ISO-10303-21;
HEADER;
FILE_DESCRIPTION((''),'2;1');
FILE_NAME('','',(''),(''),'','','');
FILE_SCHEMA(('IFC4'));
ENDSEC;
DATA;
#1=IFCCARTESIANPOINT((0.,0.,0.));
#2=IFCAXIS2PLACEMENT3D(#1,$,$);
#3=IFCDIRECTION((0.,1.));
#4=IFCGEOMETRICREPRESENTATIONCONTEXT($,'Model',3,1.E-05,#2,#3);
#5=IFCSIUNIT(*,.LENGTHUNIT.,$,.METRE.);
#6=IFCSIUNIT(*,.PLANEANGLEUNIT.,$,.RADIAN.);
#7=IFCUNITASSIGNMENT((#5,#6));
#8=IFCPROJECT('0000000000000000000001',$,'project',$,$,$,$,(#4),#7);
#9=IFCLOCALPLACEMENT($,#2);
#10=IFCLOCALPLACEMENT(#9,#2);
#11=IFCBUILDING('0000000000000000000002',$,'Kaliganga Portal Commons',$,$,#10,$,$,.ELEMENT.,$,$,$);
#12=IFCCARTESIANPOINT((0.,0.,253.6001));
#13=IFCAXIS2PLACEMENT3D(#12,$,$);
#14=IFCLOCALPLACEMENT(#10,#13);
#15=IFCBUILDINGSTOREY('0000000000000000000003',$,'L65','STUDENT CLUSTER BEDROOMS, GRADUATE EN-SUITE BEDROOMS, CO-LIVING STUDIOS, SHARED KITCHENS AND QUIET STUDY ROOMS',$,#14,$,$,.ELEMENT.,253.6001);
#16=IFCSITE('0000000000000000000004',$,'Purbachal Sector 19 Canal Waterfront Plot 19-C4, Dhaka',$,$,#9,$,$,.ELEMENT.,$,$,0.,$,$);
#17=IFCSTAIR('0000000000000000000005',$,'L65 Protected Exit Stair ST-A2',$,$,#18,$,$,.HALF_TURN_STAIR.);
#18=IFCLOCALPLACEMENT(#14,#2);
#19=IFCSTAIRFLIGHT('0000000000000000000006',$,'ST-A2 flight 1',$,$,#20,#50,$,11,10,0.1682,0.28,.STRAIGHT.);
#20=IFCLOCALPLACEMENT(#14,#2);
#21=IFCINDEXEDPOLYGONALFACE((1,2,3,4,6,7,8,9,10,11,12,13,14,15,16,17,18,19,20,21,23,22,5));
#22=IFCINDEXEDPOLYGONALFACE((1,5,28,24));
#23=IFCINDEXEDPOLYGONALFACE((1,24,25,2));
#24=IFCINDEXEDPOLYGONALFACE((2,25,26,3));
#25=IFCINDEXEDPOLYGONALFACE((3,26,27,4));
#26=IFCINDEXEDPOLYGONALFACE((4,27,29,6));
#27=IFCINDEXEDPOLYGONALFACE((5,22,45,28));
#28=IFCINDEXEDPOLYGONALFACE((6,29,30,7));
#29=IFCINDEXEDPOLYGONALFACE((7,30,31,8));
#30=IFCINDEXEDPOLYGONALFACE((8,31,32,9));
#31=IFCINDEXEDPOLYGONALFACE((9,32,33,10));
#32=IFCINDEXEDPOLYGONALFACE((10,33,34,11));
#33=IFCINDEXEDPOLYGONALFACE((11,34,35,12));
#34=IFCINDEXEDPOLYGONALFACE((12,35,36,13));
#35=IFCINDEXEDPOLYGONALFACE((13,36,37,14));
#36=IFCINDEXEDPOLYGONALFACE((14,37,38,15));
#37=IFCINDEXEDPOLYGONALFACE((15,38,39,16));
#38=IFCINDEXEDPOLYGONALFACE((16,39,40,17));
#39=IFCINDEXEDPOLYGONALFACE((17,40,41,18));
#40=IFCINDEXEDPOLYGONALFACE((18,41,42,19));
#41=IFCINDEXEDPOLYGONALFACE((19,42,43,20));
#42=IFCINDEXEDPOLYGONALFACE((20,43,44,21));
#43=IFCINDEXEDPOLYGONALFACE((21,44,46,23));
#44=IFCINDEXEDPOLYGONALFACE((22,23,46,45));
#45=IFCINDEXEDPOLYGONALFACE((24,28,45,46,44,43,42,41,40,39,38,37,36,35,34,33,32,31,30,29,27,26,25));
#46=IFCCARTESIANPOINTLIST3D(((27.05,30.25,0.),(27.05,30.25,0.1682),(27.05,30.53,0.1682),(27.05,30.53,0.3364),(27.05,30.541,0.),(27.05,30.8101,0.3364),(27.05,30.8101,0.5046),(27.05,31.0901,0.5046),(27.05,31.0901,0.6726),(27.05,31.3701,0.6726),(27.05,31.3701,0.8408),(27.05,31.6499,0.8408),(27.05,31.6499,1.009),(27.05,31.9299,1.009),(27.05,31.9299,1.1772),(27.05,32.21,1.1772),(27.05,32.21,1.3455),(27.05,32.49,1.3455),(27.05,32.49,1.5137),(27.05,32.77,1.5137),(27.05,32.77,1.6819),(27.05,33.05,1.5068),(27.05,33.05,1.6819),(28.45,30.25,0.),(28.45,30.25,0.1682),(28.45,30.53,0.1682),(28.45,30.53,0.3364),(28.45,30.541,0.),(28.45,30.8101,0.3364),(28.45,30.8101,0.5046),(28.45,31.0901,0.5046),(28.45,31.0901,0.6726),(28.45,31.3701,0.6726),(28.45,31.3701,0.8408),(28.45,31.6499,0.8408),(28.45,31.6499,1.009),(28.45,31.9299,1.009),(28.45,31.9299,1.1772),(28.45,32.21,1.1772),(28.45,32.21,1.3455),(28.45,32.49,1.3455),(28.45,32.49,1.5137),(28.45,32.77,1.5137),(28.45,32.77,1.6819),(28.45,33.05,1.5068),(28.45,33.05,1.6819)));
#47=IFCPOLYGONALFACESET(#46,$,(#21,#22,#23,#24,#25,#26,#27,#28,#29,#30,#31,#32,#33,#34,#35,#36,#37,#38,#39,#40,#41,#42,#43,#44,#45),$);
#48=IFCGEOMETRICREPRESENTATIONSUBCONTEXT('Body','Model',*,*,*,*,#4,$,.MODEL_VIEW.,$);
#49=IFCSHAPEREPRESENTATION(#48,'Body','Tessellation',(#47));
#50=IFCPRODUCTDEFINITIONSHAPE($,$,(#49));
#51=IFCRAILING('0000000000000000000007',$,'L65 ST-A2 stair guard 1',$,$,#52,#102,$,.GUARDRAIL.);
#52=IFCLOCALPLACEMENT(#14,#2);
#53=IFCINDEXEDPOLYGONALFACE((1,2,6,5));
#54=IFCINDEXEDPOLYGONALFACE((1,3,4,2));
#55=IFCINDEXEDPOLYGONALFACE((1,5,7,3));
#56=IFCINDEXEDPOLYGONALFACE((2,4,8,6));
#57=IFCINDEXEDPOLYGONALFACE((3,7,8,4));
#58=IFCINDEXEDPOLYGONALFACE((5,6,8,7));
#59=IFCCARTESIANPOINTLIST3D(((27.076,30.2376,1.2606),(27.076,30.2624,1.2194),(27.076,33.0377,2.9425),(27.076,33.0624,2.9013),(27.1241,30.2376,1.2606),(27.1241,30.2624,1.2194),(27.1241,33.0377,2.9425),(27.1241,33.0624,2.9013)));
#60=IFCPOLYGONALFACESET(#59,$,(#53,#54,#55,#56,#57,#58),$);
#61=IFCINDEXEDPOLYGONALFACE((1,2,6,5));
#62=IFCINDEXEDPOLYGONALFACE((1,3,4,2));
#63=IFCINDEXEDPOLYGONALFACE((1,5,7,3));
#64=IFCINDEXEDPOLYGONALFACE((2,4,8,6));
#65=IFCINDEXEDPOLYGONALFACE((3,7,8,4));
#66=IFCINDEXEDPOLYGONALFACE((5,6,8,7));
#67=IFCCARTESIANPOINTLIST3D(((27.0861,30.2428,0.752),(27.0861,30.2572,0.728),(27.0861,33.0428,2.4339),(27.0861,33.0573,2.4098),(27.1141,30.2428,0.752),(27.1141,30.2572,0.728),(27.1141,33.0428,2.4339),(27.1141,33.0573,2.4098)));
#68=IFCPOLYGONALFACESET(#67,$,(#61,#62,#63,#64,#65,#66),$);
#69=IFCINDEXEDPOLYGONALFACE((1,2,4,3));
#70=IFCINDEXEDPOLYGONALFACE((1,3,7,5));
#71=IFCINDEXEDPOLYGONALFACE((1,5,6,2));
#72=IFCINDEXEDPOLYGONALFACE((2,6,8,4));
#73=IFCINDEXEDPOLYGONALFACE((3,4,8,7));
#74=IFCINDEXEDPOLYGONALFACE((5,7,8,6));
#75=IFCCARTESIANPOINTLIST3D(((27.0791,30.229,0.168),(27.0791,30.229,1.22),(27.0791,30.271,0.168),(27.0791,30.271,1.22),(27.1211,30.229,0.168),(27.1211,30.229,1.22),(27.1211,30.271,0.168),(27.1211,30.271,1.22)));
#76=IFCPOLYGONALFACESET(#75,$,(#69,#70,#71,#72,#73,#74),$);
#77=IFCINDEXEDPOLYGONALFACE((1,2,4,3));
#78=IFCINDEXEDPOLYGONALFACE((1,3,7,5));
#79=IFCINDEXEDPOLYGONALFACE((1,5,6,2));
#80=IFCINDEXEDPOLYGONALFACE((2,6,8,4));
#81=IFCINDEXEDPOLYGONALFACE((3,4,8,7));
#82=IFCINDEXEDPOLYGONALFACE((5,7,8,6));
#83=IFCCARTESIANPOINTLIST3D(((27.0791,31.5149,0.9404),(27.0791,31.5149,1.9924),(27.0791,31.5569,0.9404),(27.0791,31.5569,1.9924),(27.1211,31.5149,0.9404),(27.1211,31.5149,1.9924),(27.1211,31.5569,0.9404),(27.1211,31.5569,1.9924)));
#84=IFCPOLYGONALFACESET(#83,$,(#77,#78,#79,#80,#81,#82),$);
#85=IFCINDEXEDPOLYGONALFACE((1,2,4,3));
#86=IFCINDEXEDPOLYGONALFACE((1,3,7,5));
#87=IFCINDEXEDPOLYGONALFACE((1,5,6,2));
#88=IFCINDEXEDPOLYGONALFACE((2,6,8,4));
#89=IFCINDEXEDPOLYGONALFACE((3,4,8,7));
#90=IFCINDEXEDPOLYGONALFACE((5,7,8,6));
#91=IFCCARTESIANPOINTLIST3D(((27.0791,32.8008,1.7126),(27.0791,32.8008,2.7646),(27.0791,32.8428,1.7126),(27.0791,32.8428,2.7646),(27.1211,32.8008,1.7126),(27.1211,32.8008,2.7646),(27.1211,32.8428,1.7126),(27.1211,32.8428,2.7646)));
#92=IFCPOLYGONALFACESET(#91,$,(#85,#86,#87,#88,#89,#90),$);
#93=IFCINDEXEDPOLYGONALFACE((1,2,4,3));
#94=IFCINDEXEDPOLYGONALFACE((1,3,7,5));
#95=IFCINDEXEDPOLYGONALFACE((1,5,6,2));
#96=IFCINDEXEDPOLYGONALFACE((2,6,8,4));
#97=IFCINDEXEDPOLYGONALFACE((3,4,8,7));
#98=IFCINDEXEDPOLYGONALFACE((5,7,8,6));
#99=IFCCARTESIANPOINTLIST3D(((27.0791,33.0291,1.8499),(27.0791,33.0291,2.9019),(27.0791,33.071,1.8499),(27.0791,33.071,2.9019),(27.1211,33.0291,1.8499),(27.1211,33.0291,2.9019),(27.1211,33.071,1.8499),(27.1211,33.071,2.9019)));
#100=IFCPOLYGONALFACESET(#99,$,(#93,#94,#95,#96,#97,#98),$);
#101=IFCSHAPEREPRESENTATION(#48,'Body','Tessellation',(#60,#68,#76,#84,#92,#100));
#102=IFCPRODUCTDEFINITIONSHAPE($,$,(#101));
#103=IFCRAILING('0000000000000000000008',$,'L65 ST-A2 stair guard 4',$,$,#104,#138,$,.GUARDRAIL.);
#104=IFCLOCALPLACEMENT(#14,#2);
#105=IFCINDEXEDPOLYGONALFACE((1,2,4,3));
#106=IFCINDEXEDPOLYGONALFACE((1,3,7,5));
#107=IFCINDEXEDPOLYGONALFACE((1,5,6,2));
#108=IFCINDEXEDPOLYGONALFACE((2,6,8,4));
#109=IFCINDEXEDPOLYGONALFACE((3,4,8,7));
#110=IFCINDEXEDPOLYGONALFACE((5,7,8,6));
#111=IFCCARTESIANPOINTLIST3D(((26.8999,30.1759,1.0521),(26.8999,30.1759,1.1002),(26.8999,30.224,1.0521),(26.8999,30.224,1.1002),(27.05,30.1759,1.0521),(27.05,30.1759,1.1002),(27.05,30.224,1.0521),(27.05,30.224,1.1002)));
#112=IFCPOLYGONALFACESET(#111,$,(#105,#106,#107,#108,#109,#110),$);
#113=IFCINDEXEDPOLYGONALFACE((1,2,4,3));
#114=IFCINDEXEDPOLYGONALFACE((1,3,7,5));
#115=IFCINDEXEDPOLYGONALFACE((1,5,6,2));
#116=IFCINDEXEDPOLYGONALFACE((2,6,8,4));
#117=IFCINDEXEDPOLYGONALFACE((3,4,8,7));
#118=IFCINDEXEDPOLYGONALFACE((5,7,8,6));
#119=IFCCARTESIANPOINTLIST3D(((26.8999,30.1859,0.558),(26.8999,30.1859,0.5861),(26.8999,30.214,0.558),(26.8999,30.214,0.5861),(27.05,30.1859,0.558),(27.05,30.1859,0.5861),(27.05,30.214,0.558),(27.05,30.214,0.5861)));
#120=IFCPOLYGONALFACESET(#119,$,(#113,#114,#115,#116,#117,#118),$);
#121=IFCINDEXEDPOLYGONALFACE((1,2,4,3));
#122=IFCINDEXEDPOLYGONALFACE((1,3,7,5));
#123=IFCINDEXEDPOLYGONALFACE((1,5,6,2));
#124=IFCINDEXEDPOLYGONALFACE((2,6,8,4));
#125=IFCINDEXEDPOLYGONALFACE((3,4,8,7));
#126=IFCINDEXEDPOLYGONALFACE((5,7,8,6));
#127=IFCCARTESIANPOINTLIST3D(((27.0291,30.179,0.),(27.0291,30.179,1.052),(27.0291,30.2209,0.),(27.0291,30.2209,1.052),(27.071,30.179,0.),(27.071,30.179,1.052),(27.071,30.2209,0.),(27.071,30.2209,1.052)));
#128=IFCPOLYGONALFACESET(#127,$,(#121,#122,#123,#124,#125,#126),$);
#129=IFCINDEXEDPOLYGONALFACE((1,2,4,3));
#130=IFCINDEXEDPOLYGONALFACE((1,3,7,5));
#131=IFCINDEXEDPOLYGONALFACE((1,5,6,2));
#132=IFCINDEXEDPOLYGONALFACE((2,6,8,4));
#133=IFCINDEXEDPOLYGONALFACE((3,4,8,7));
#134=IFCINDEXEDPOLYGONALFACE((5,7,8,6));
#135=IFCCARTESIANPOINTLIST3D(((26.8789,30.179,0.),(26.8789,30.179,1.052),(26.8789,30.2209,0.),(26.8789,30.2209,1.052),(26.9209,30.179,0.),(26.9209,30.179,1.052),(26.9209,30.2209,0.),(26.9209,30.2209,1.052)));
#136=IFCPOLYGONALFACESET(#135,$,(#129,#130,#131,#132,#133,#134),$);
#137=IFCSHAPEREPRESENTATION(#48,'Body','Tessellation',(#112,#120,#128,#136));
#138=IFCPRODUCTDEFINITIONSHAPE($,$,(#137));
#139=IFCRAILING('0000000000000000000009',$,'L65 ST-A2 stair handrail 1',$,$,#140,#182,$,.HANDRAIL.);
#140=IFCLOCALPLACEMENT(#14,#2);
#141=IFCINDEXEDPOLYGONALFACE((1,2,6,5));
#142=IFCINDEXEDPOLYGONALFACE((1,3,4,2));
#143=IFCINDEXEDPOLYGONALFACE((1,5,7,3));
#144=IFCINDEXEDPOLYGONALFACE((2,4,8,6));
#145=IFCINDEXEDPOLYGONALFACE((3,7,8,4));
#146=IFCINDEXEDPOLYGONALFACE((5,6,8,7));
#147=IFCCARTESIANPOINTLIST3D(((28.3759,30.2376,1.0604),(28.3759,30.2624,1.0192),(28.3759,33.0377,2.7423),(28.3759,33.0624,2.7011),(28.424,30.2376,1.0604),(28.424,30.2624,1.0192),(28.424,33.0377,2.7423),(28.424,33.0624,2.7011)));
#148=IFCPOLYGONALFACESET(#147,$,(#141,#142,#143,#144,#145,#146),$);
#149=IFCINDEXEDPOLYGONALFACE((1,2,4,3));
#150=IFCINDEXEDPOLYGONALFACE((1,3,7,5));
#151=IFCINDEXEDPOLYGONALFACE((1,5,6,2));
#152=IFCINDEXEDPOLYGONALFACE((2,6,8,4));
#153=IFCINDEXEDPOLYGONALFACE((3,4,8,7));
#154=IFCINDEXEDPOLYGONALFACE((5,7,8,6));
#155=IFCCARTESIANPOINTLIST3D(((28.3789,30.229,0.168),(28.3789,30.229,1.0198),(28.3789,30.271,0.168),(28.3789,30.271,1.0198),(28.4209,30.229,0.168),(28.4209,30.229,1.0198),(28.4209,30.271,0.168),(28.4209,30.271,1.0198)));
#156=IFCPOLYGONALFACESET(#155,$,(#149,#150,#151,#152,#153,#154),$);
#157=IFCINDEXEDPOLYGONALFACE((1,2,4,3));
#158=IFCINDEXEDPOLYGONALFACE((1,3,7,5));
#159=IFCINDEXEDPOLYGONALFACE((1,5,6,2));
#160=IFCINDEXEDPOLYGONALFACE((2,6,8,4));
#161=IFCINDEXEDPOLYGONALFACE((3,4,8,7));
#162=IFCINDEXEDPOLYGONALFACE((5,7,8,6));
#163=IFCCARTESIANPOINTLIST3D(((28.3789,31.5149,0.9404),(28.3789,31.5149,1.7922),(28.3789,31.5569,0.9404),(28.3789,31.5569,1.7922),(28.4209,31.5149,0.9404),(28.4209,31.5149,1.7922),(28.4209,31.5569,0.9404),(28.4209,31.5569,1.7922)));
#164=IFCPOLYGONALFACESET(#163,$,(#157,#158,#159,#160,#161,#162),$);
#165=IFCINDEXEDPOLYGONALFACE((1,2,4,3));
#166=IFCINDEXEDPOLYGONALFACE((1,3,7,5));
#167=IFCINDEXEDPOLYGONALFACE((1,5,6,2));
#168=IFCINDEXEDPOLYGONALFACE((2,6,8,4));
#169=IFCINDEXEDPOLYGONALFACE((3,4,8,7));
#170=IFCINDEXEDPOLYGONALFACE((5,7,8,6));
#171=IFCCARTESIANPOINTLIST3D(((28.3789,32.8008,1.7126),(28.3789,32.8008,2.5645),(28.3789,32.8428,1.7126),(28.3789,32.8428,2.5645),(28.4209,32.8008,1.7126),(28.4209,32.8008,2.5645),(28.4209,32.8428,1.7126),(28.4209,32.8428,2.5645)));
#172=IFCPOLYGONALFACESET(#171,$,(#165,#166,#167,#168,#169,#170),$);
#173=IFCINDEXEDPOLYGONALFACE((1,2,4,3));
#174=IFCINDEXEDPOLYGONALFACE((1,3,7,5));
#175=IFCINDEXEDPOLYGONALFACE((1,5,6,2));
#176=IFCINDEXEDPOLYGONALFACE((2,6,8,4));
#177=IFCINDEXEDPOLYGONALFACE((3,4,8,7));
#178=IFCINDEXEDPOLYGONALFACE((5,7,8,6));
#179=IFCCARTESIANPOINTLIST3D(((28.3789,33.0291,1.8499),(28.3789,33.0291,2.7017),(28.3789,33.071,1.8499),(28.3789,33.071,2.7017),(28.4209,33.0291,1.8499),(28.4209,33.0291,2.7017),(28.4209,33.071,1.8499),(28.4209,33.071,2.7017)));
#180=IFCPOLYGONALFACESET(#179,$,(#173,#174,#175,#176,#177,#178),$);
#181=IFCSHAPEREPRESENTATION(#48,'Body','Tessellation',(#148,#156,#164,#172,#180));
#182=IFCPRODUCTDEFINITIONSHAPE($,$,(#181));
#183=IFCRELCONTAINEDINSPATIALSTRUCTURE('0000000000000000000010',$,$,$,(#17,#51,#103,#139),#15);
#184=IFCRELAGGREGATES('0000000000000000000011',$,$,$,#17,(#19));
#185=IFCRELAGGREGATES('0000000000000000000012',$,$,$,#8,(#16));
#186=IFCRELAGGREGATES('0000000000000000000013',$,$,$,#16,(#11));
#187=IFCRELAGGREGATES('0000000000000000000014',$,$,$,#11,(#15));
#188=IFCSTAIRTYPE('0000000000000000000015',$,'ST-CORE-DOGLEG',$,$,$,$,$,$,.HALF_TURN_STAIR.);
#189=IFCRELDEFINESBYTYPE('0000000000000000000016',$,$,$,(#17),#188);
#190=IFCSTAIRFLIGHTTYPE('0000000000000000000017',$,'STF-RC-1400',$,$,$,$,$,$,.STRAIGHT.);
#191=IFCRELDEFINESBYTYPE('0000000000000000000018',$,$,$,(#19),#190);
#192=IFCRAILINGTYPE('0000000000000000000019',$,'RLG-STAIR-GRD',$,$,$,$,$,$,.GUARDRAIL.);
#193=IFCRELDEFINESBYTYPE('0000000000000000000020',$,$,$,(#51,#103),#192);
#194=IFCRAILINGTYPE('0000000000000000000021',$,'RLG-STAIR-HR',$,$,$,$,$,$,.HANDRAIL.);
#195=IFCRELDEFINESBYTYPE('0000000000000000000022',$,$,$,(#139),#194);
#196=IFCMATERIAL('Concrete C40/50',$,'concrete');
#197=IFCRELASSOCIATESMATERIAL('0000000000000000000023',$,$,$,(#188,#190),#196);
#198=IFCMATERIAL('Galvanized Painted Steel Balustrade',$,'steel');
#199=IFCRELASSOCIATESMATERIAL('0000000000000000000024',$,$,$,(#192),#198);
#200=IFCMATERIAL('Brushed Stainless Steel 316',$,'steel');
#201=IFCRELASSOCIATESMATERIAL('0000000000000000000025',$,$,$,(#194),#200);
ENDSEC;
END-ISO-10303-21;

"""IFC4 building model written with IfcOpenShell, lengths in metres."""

from ifc_helpers import new_model, si_unit, direction, frame, origin, origin_2d, place, context, subcontext, project, spatial, polyline, rectangle, outline, extrude, material, type_object, element, aggregate, save


model = new_model("IFC4")

# Units and contexts
model_context = context("Model", 3, precision=1e-05, world=origin(), true_north=direction((0.0, 1.0)))
body_context = subcontext(model_context, "Body", "Model", "MODEL_VIEW")
ifc_project = project(units=[si_unit("LENGTHUNIT", "METRE"), si_unit("PLANEANGLEUNIT", "RADIAN")], contexts=[model_context])

# Site, building, storey
site_placement = place(None, origin())
site = spatial("IfcSite", under=ifc_project, at=site_placement, Name="Purbachal Sector 19 Canal Waterfront Plot 19-C4, Dhaka", CompositionType="ELEMENT", RefElevation=0.0)
building_placement = place(site_placement, origin())
building = spatial("IfcBuilding", under=site, at=building_placement, Name="Kaliganga Portal Commons", CompositionType="ELEMENT")
storey_placement = place(building_placement, frame((0.0, 0.0, 253.6001)))
storey = spatial("IfcBuildingStorey", under=building, at=storey_placement, Name="L65", Description="STUDENT CLUSTER BEDROOMS, GRADUATE EN-SUITE BEDROOMS, CO-LIVING STUDIOS, SHARED KITCHENS AND QUIET STUDY ROOMS", CompositionType="ELEMENT", Elevation=253.6001)

# Stair, stair flight
ifc_material_1 = material(Name="Concrete C40/50", Category="concrete")
stair_type = type_object("IfcStairType", Name="ST-CORE-DOGLEG", PredefinedType="HALF_TURN_STAIR", material=ifc_material_1)
stair_placement = place(storey_placement, origin())
stair = element("IfcStair", 1, at=stair_placement, inside=storey, type_object=stair_type, Name="L65 Protected Exit Stair ST-A2", PredefinedType="HALF_TURN_STAIR")
stair_flight_type = type_object("IfcStairFlightType", Name="STF-RC-1400", PredefinedType="STRAIGHT", material=ifc_material_1)
stair_flight_placement = place(storey_placement, frame((27.75, 30.25, 0.0), z_axis=(0.0, 0.0, 1.0), x_axis=(0.0, 1.0, 0.0)))
stair_flight = element("IfcStairFlight", 2, at=stair_flight_placement, type_object=stair_flight_type, Name="ST-A2 flight 1", NumberOfRisers=11, NumberOfTreads=10, PredefinedType="STRAIGHT", RiserHeight=0.1682, TreadLength=0.28, context=body_context, shape_type="SweptSolid", body=[
    extrude(outline(polyline([(0.0, 0.0), (0.0, 0.1682), (0.28, 0.1682), (0.28, 0.3364), (0.5601, 0.3364), (0.5601, 0.5046), (0.8401, 0.5046), (0.8401, 0.6726), (1.1201, 0.6726), (1.1201, 0.8408), (1.3999, 0.8408), (1.3999, 1.009), (1.6799, 1.009), (1.6799, 1.1772), (1.96, 1.1772), (1.96, 1.3455), (2.24, 1.3455), (2.24, 1.5137), (2.52, 1.5137), (2.52, 1.6819), (2.8, 1.6819), (2.8, 1.8501), (2.8, 1.5068), (0.291, 0.0), (0.0, 0.0)])), frame((0.0, 0.7, 0.0), z_axis=(0.0, -1.0, 0.0), x_axis=(1.0, 0.0, 0.0)), (0.0, 0.0, 1.0), 1.3999),
])
aggregate(stair, [stair_flight])

# Railings
ifc_material_2 = material(Name="Galvanized Painted Steel Balustrade", Category="steel")
railing_type_1 = type_object("IfcRailingType", Name="RLG-STAIR-GRD", PredefinedType="GUARDRAIL", material=ifc_material_2)
railing_1_placement = place(storey_placement, frame((27.1001, 30.25, 0.168)))
element("IfcRailing", 3, at=railing_1_placement, inside=storey, type_object=railing_type_1, Name="L65 ST-A2 stair guard 1", PredefinedType="GUARDRAIL", context=body_context, shape_type="SweptSolid", body=[
    extrude(rectangle(XDim=0.0481, YDim=0.0481, at=origin_2d()), frame((0.0, 0.0, 1.072), z_axis=(0.0, 0.857242, 0.514913), x_axis=(-1.0, 0.0, 0.0)), (0.0, 0.0, 1.0), 3.2664),
    extrude(rectangle(XDim=0.0281, YDim=0.0281, at=origin_2d()), frame((0.0, 0.0, 0.572), z_axis=(0.0, 0.857242, 0.514913), x_axis=(-1.0, 0.0, 0.0)), (0.0, 0.0, 1.0), 3.2664),
    extrude(rectangle(XDim=0.042, YDim=0.042, at=origin_2d()), origin(), (0.0, 0.0, 1.0), 1.052),
    extrude(rectangle(XDim=0.042, YDim=0.042, at=origin_2d()), frame((0.0, 1.2859, 0.7725)), (0.0, 0.0, 1.0), 1.052),
    extrude(rectangle(XDim=0.042, YDim=0.042, at=origin_2d()), frame((0.0, 2.5718, 1.5447)), (0.0, 0.0, 1.0), 1.052),
    extrude(rectangle(XDim=0.042, YDim=0.042, at=origin_2d()), frame((0.0, 2.8, 1.6819)), (0.0, 0.0, 1.0), 1.052),
])
railing_2_placement = place(storey_placement, frame((27.05, 30.2, 0.0)))
element("IfcRailing", 4, at=railing_2_placement, inside=storey, type_object=railing_type_1, Name="L65 ST-A2 stair guard 4", PredefinedType="GUARDRAIL", context=body_context, shape_type="SweptSolid", body=[
    extrude(rectangle(XDim=0.0481, YDim=0.0481, at=origin_2d()), frame((0.0, 0.0, 1.0762), z_axis=(-1.0, 0.0, 0.0), x_axis=(0.0, -1.0, 0.0)), (0.0, 0.0, 1.0), 0.1501),
    extrude(rectangle(XDim=0.0281, YDim=0.0281, at=origin_2d()), frame((0.0, 0.0, 0.572), z_axis=(-1.0, 0.0, 0.0), x_axis=(0.0, -1.0, 0.0)), (0.0, 0.0, 1.0), 0.1501),
    extrude(rectangle(XDim=0.042, YDim=0.042, at=origin_2d()), origin(), (0.0, 0.0, 1.0), 1.052),
    extrude(rectangle(XDim=0.042, YDim=0.042, at=origin_2d()), frame((-0.1501, 0.0, 0.0)), (0.0, 0.0, 1.0), 1.052),
])
ifc_material_3 = material(Name="Brushed Stainless Steel 316", Category="steel")
railing_type_2 = type_object("IfcRailingType", Name="RLG-STAIR-HR", PredefinedType="HANDRAIL", material=ifc_material_3)
railing_3_placement = place(storey_placement, frame((28.3999, 30.25, 0.168)))
element("IfcRailing", 5, at=railing_3_placement, inside=storey, type_object=railing_type_2, Name="L65 ST-A2 stair handrail 1", PredefinedType="HANDRAIL", context=body_context, shape_type="SweptSolid", body=[
    extrude(rectangle(XDim=0.0481, YDim=0.0481, at=origin_2d()), frame((0.0, 0.0, 0.8718), z_axis=(0.0, 0.857242, 0.514913), x_axis=(-1.0, 0.0, 0.0)), (0.0, 0.0, 1.0), 3.2664),
    extrude(rectangle(XDim=0.042, YDim=0.042, at=origin_2d()), origin(), (0.0, 0.0, 1.0), 0.8518),
    extrude(rectangle(XDim=0.042, YDim=0.042, at=origin_2d()), frame((0.0, 1.2859, 0.7725)), (0.0, 0.0, 1.0), 0.8518),
    extrude(rectangle(XDim=0.042, YDim=0.042, at=origin_2d()), frame((0.0, 2.5718, 1.5447)), (0.0, 0.0, 1.0), 0.8518),
    extrude(rectangle(XDim=0.042, YDim=0.042, at=origin_2d()), frame((0.0, 2.8, 1.6819)), (0.0, 0.0, 1.0), 0.8518),
])

save(model, "model.ifc")
